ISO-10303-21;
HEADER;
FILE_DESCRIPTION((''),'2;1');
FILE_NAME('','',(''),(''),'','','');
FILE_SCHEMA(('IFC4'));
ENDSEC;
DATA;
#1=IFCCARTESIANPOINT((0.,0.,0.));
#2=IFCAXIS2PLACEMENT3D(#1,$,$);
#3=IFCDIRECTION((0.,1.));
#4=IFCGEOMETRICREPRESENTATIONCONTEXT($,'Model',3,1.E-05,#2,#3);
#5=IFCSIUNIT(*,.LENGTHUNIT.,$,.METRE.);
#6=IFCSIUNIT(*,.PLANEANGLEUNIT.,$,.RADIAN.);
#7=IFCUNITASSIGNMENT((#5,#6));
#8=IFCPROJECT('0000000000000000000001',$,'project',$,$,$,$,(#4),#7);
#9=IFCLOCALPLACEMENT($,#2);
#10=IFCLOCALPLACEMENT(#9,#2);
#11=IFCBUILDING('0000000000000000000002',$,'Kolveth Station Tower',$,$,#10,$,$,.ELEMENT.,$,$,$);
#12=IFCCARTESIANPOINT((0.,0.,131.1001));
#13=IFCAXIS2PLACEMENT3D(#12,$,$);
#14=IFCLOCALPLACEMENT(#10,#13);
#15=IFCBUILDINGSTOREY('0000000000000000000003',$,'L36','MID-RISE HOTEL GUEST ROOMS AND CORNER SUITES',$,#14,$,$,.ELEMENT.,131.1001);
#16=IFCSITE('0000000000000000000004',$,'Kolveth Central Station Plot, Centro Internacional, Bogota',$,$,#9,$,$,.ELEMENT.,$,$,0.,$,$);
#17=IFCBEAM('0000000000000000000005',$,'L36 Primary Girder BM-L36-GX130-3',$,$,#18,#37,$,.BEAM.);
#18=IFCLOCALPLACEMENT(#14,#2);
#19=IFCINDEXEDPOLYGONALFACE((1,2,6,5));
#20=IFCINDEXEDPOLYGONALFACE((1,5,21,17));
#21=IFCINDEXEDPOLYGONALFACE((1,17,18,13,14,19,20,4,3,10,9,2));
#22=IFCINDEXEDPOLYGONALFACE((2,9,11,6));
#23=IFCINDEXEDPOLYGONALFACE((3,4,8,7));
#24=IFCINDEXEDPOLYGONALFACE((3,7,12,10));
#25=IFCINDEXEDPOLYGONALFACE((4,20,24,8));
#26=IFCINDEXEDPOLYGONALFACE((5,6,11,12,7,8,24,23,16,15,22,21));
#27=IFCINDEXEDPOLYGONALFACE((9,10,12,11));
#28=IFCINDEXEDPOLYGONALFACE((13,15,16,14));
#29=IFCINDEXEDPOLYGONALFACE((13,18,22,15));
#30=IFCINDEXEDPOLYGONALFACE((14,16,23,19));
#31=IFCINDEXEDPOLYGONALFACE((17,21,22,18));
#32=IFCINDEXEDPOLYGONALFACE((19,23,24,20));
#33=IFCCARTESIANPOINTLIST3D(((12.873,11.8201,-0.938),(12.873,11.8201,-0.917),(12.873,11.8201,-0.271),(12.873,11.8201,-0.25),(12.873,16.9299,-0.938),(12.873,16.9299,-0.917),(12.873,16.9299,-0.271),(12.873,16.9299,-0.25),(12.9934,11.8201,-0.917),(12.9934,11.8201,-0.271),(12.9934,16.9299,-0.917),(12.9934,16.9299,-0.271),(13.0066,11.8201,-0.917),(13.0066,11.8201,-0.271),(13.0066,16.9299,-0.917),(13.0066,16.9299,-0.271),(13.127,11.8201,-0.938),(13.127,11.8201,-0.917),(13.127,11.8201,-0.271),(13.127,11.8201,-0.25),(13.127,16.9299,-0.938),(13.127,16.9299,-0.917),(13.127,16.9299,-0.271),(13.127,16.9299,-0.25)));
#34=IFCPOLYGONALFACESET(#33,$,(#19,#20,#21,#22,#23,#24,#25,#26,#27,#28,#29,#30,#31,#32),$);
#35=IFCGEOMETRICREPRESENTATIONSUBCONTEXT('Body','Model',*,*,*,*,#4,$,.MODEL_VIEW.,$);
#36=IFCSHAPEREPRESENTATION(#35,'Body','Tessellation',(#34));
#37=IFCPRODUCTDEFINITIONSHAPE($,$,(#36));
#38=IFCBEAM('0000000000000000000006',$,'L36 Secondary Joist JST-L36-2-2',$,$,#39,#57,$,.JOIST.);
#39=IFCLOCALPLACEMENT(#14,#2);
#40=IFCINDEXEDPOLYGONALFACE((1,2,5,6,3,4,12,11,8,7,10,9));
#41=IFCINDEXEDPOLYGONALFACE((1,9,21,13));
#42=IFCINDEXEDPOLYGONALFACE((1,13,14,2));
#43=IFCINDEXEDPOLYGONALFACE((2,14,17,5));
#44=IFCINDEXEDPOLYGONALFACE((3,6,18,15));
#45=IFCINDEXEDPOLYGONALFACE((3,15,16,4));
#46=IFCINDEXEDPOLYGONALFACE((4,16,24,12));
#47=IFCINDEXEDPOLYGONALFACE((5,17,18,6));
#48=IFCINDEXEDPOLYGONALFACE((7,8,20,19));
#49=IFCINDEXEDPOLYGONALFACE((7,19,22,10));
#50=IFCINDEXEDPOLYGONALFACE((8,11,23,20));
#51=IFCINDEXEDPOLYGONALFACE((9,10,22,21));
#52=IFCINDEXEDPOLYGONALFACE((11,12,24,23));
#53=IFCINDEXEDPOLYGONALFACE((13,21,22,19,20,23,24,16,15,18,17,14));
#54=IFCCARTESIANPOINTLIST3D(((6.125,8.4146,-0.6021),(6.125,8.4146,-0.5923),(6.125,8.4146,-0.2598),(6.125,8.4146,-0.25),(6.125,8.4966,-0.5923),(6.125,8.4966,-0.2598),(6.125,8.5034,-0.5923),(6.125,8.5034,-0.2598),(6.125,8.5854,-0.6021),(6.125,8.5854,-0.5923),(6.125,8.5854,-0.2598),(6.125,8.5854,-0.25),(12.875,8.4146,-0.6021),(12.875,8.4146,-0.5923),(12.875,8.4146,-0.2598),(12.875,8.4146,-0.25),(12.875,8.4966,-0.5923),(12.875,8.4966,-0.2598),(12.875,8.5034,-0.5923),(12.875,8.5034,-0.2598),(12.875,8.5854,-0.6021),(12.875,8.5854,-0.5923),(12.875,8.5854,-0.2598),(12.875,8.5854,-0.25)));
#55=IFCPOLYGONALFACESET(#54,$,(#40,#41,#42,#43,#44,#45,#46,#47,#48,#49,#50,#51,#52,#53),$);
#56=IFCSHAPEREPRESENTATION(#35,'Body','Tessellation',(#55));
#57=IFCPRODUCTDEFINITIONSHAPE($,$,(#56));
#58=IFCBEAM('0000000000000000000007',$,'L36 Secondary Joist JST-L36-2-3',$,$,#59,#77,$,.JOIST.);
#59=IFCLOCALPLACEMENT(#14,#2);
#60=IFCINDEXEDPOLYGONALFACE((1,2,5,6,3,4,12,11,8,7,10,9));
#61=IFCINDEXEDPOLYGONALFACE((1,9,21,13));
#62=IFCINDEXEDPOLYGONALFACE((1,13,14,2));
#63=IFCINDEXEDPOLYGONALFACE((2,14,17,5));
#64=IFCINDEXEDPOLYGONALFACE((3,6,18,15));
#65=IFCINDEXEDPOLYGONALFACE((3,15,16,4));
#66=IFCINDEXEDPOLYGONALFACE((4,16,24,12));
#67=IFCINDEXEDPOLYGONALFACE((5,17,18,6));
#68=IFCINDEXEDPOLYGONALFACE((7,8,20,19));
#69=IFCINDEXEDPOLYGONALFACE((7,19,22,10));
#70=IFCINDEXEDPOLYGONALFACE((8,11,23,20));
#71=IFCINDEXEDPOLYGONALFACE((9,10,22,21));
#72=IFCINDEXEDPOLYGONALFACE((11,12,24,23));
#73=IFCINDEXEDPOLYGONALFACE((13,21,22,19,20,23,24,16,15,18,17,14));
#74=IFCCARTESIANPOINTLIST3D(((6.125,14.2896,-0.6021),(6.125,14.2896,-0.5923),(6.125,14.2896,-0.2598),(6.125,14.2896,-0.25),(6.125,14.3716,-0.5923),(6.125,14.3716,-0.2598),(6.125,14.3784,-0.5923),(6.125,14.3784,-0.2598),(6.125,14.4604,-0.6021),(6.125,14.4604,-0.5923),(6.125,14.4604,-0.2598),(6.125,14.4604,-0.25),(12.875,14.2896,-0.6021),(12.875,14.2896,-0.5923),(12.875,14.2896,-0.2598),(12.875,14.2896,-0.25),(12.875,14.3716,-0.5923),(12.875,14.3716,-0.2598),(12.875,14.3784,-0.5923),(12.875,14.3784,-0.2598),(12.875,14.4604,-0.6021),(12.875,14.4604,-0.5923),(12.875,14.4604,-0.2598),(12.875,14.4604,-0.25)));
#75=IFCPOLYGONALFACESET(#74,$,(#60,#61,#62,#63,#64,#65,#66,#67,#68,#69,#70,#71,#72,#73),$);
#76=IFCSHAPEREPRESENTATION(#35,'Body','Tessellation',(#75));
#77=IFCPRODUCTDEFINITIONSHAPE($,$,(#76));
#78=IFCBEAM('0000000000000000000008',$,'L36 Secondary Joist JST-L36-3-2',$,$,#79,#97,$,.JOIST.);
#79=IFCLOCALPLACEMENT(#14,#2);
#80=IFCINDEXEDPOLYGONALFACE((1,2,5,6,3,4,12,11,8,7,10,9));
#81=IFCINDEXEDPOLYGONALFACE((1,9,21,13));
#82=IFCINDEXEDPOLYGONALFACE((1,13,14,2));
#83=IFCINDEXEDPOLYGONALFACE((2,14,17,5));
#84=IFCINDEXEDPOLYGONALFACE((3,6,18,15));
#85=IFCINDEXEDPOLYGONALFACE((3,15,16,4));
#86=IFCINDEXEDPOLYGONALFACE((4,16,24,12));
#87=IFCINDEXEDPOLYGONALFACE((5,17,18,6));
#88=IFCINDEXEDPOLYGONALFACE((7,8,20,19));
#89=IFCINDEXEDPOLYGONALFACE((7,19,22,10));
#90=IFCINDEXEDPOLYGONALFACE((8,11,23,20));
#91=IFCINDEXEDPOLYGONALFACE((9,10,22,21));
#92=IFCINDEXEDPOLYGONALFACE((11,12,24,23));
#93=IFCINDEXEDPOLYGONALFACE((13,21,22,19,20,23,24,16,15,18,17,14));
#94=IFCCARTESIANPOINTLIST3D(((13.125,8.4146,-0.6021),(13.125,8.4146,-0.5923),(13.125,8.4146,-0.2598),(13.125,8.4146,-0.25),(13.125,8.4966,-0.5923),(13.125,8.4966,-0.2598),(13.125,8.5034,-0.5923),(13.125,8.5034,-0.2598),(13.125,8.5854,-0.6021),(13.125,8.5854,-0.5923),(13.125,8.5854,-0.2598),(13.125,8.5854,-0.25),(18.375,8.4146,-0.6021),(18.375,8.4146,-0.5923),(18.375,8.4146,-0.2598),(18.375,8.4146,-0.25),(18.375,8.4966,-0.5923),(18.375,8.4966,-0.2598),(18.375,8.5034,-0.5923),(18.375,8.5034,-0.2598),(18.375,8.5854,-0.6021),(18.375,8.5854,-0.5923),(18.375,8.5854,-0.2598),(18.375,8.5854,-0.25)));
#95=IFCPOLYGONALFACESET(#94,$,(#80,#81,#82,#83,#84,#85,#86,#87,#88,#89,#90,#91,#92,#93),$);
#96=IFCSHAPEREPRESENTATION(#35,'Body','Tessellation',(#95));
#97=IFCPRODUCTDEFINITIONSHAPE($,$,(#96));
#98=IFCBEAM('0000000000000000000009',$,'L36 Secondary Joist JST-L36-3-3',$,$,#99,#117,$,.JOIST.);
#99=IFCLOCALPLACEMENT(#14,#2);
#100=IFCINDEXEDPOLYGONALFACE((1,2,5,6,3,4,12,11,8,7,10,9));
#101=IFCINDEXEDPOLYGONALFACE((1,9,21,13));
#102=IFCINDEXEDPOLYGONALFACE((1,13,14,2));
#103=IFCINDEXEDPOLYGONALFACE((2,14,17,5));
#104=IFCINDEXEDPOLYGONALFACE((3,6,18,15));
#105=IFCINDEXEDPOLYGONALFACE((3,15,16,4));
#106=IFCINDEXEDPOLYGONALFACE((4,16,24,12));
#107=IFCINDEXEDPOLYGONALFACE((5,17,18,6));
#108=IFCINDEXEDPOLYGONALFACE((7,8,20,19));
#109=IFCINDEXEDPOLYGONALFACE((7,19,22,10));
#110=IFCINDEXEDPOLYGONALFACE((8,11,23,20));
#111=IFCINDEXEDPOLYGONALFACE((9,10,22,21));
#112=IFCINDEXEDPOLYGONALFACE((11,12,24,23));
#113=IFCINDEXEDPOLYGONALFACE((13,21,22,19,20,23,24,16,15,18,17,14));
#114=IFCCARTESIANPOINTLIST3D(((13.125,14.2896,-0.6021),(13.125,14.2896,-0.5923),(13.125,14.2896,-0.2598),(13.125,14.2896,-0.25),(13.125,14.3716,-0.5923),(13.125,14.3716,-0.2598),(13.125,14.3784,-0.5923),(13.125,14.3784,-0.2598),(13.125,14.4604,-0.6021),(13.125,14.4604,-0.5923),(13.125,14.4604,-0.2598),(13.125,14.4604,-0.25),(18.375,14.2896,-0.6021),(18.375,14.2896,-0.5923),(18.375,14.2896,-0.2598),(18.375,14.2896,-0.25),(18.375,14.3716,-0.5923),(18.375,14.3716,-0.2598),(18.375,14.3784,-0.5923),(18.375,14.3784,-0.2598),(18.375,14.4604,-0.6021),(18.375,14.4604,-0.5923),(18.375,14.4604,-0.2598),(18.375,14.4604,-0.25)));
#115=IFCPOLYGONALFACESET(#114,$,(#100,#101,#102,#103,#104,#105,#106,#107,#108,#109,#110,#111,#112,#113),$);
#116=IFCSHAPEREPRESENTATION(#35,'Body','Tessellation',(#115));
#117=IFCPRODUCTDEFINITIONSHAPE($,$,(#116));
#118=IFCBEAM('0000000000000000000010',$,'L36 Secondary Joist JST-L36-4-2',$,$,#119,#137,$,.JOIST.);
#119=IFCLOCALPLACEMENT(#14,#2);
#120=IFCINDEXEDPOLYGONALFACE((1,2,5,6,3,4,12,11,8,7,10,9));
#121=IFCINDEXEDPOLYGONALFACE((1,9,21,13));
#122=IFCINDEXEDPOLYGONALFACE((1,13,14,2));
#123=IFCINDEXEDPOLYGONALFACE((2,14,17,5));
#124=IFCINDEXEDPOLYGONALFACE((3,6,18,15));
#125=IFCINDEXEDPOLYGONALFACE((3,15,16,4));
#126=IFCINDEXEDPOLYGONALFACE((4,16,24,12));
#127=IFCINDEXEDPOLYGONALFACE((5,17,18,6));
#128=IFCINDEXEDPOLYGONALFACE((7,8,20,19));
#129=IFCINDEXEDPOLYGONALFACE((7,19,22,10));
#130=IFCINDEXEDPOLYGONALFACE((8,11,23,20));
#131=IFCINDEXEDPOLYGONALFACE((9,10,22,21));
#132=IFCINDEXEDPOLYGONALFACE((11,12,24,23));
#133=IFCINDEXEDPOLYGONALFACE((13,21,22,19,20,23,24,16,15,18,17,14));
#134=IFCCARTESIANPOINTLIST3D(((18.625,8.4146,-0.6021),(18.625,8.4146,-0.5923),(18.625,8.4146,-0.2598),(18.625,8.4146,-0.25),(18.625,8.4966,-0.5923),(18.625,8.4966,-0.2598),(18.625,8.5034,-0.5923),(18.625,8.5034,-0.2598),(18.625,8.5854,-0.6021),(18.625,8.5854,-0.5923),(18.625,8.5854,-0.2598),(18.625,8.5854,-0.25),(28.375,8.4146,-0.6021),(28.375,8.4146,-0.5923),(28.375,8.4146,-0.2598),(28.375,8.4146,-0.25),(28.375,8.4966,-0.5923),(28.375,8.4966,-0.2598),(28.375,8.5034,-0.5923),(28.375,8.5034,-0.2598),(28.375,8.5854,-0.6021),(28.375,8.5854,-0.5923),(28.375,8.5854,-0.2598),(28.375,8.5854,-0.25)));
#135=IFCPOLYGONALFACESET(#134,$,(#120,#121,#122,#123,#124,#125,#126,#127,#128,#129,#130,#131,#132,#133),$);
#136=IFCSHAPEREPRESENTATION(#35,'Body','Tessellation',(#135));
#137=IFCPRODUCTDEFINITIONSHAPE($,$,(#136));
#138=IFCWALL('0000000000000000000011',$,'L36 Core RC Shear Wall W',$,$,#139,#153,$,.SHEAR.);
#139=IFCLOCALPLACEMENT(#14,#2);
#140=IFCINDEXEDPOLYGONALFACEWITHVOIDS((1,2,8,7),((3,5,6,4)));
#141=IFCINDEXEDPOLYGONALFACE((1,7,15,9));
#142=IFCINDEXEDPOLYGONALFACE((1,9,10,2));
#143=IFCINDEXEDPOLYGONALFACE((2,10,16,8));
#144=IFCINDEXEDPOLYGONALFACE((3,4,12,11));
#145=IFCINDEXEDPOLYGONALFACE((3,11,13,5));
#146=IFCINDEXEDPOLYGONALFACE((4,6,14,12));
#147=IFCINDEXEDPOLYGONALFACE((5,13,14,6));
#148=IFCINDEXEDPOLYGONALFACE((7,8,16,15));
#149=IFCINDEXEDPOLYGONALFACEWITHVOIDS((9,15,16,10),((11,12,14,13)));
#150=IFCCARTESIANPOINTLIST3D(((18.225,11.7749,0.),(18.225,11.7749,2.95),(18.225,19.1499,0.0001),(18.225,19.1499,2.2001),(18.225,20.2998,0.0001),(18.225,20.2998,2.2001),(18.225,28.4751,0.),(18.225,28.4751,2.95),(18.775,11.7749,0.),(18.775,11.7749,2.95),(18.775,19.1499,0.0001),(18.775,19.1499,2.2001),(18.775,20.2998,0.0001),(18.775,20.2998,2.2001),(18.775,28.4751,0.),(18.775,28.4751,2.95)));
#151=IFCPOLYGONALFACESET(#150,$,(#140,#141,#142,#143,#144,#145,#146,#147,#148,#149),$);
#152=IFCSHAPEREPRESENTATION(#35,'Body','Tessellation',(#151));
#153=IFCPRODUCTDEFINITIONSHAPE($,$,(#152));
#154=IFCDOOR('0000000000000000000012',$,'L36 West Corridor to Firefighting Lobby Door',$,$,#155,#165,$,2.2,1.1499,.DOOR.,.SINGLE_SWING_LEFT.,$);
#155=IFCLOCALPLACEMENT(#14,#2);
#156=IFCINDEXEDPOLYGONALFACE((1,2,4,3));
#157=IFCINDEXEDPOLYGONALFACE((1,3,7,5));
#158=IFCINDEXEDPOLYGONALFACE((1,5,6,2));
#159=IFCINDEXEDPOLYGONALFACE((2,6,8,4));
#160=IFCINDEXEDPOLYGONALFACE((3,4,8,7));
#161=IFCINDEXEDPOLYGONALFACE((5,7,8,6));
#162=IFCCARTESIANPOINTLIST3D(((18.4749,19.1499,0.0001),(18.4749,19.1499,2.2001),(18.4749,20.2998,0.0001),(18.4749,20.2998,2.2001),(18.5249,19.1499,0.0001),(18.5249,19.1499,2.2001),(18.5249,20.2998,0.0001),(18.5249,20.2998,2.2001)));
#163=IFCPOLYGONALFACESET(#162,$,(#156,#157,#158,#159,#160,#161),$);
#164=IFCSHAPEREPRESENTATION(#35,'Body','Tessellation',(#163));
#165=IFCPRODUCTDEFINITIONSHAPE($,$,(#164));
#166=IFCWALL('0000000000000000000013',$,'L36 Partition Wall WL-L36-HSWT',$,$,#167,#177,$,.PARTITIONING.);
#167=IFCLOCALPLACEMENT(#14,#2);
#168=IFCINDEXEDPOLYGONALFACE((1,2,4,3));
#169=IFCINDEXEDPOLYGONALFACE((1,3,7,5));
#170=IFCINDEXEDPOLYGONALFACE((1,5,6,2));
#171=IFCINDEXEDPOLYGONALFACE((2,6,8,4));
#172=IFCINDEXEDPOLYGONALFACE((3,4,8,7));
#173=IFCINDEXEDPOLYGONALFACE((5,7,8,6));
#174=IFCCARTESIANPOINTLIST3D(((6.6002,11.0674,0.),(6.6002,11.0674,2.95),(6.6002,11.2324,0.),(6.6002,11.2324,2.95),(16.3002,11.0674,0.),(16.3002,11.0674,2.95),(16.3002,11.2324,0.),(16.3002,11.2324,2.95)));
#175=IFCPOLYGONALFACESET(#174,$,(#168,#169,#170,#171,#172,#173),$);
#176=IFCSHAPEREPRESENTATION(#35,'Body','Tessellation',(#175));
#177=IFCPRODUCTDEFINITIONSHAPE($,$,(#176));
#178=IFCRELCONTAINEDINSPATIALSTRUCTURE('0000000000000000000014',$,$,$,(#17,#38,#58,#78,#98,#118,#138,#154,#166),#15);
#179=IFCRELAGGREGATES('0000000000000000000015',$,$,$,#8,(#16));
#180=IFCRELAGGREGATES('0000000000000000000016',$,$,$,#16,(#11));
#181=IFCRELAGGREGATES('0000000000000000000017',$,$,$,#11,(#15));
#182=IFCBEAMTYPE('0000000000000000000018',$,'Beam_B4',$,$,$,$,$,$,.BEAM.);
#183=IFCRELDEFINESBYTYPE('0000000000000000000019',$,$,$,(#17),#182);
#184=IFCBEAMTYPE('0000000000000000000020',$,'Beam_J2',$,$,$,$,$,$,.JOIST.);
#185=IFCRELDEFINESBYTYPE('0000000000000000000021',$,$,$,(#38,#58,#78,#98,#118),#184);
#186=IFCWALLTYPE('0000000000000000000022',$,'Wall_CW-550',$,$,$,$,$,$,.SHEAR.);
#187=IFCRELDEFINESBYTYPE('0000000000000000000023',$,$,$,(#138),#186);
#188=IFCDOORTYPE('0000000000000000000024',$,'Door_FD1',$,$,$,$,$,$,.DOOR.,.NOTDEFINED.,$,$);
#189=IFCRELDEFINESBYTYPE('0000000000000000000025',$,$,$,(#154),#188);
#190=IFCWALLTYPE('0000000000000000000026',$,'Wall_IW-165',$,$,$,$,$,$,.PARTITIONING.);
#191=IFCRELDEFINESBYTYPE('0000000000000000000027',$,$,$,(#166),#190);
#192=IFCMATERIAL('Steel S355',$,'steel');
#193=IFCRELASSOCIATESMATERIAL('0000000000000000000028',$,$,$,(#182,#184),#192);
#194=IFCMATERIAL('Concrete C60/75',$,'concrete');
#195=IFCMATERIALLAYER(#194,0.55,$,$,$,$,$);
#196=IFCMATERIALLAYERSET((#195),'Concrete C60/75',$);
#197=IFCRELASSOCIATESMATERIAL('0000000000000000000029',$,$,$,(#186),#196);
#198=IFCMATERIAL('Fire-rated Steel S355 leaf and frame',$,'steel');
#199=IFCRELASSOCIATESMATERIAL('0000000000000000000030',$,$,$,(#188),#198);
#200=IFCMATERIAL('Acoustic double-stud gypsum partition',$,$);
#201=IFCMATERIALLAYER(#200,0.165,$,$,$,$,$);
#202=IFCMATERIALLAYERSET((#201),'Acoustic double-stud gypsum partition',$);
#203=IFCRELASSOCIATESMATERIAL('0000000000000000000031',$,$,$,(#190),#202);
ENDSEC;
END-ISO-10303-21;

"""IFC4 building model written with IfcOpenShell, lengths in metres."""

from ifc_helpers import new_model, si_unit, direction, frame, frame_2d, origin, origin_2d, place, context, subcontext, project, spatial, rectangle, i_section, extrude, source, transform, mapped, material, layer, layer_set, material_profile, profile_set, type_object, element, fill, save


model = new_model("IFC4")

# Units and contexts
model_context = context("Model", 3, precision=1e-05, world=origin(), true_north=direction((0.0, 1.0)))
body_context = subcontext(model_context, "Body", "Model", "MODEL_VIEW")
ifc_project = project(units=[si_unit("LENGTHUNIT", "METRE"), si_unit("PLANEANGLEUNIT", "RADIAN")], contexts=[model_context])

# Site, building, storey
site_placement = place(None, origin())
site = spatial("IfcSite", under=ifc_project, at=site_placement, Name="Kolveth Central Station Plot, Centro Internacional, Bogota", CompositionType="ELEMENT", RefElevation=0.0)
building_placement = place(site_placement, origin())
building = spatial("IfcBuilding", under=site, at=building_placement, Name="Kolveth Station Tower", CompositionType="ELEMENT")
storey_placement = place(building_placement, frame((0.0, 0.0, 131.1001)))
storey = spatial("IfcBuildingStorey", under=building, at=storey_placement, Name="L36", Description="MID-RISE HOTEL GUEST ROOMS AND CORNER SUITES", CompositionType="ELEMENT", Elevation=131.1001)

# Shared definitions
ifc_material_1 = material(Name="Steel S355", Category="steel")

# Beams
ifc_material_profile_1 = material_profile(ifc_material_1, i_section(OverallWidth=0.2539, OverallDepth=0.688, WebThickness=0.0132, FlangeThickness=0.021, at=origin_2d()), Name="W690x152")
ifc_profile_set_1 = profile_set([ifc_material_profile_1], Name="Steel S355")
beam_type_1 = type_object("IfcBeamType", Name="Beam_B4", PredefinedType="BEAM", material=ifc_profile_set_1)
shared_shape_1 = source(origin(), body_context, "Body", "SweptSolid", [
    extrude(i_section(OverallWidth=0.2539, OverallDepth=0.688, WebThickness=0.0132, FlangeThickness=0.021, at=origin_2d()), origin(), (0.0, 0.0, 1.0), 5.1099),
])
for number, where, z_axis, x_axis, name in (
    (1, (13.0, 11.8201, -0.594), (0.0, 1.0, 0.0), (-1.0, 0.0, 0.0), "L36 Primary Girder BM-L36-GX130-3"),
):
    element("IfcBeam", number, at=place(storey_placement, frame(where, z_axis=z_axis, x_axis=x_axis)), inside=storey, type_object=beam_type_1, Name=name, PredefinedType="BEAM", context=body_context, shape_type="MappedRepresentation", body=[
        mapped(shared_shape_1, transform((0.0, 0.0, 0.0), x_axis=(1.0, 0.0, 0.0), y_axis=(0.0, 1.0, 0.0), z_axis=(0.0, 0.0, 1.0), scale=1.0)),
    ])
ifc_material_profile_2 = material_profile(ifc_material_1, i_section(OverallWidth=0.1709, OverallDepth=0.3521, WebThickness=0.0068, FlangeThickness=0.0098, at=origin_2d()), Name="W360x44")
ifc_profile_set_2 = profile_set([ifc_material_profile_2], Name="Steel S355")
beam_type_2 = type_object("IfcBeamType", Name="Beam_J2", PredefinedType="JOIST", material=ifc_profile_set_2)
shared_shape_2 = source(origin(), body_context, "Body", "SweptSolid", [
    extrude(i_section(OverallWidth=0.1709, OverallDepth=0.3521, WebThickness=0.0068, FlangeThickness=0.0098, at=origin_2d()), origin(), (0.0, 0.0, 1.0), 6.75),
])
for number, where, z_axis, x_axis, name in (
    (2, (6.125, 8.5, -0.426), (1.0, 0.0, 0.0), (0.0, 1.0, 0.0), "L36 Secondary Joist JST-L36-2-2"),
    (3, (6.125, 14.375, -0.426), (1.0, 0.0, 0.0), (0.0, 1.0, 0.0), "L36 Secondary Joist JST-L36-2-3"),
):
    element("IfcBeam", number, at=place(storey_placement, frame(where, z_axis=z_axis, x_axis=x_axis)), inside=storey, type_object=beam_type_2, Name=name, PredefinedType="JOIST", context=body_context, shape_type="MappedRepresentation", body=[
        mapped(shared_shape_2, transform((0.0, 0.0, 0.0), x_axis=(1.0, 0.0, 0.0), y_axis=(0.0, 1.0, 0.0), z_axis=(0.0, 0.0, 1.0), scale=1.0)),
    ])
shared_shape_3 = source(origin(), body_context, "Body", "SweptSolid", [
    extrude(i_section(OverallWidth=0.1709, OverallDepth=0.3521, WebThickness=0.0068, FlangeThickness=0.0098, at=origin_2d()), origin(), (0.0, 0.0, 1.0), 5.25),
])
for number, where, z_axis, x_axis, name in (
    (4, (13.125, 8.5, -0.426), (1.0, 0.0, 0.0), (0.0, 1.0, 0.0), "L36 Secondary Joist JST-L36-3-2"),
    (5, (13.125, 14.375, -0.426), (1.0, 0.0, 0.0), (0.0, 1.0, 0.0), "L36 Secondary Joist JST-L36-3-3"),
):
    element("IfcBeam", number, at=place(storey_placement, frame(where, z_axis=z_axis, x_axis=x_axis)), inside=storey, type_object=beam_type_2, Name=name, PredefinedType="JOIST", context=body_context, shape_type="MappedRepresentation", body=[
        mapped(shared_shape_3, transform((0.0, 0.0, 0.0), x_axis=(1.0, 0.0, 0.0), y_axis=(0.0, 1.0, 0.0), z_axis=(0.0, 0.0, 1.0), scale=1.0)),
    ])
shared_shape_4 = source(origin(), body_context, "Body", "SweptSolid", [
    extrude(i_section(OverallWidth=0.1709, OverallDepth=0.3521, WebThickness=0.0068, FlangeThickness=0.0098, at=origin_2d()), origin(), (0.0, 0.0, 1.0), 9.75),
])
beam_placement = place(storey_placement, frame((18.625, 8.5, -0.426), z_axis=(1.0, 0.0, 0.0), x_axis=(0.0, 1.0, 0.0)))
element("IfcBeam", 6, at=beam_placement, inside=storey, type_object=beam_type_2, Name="L36 Secondary Joist JST-L36-4-2", PredefinedType="JOIST", context=body_context, shape_type="MappedRepresentation", body=[
    mapped(shared_shape_4, transform((0.0, 0.0, 0.0), x_axis=(1.0, 0.0, 0.0), y_axis=(0.0, 1.0, 0.0), z_axis=(0.0, 0.0, 1.0), scale=1.0)),
])

# Shared definitions
ifc_material_2 = material(Name="Concrete C60/75", Category="concrete")
ifc_layer_1 = layer(ifc_material_2, 0.55)
ifc_layer_set_1 = layer_set([ifc_layer_1], Name="Concrete C60/75")
wall_type_1 = type_object("IfcWallType", Name="Wall_CW-550", PredefinedType="SHEAR", material=ifc_layer_set_1)

# Wall, opening, door
wall_1_placement = place(storey_placement, frame((18.5, 11.7749, 0.0), z_axis=(0.0, 0.0, 1.0), x_axis=(0.0, 1.0, 0.0)))
wall_1 = element("IfcWall", 7, at=wall_1_placement, inside=storey, type_object=wall_type_1, Name="L36 Core RC Shear Wall W", PredefinedType="SHEAR", context=body_context, shape_type="SweptSolid", body=[
    extrude(rectangle(XDim=16.7002, YDim=0.55, at=frame_2d((8.3501, 0.0))), origin(), (0.0, 0.0, 1.0), 2.95),
])
opening_1_placement = place(wall_1_placement, frame((7.375, 0.0, 0.0)))
opening_1 = element("IfcOpeningElement", 8, at=opening_1_placement, cuts=wall_1, PredefinedType="OPENING", context=body_context, shape_type="SweptSolid", body=[
    extrude(rectangle(XDim=1.1499, YDim=2.2, at=frame_2d((0.575, 1.1001))), frame((0.0, 0.2849, 0.0), z_axis=(0.0, -1.0, 0.0), x_axis=(1.0, 0.0, 0.0)), (0.0, 0.0, 1.0), 0.5701),
])
ifc_material_3 = material(Name="Fire-rated Steel S355 leaf and frame", Category="steel")
door_type_1 = type_object("IfcDoorType", Name="Door_FD1", OperationType="NOTDEFINED", PredefinedType="DOOR", material=ifc_material_3)
door_1_placement = place(opening_1_placement, frame((1.1499, 0.0, 0.0), z_axis=(0.0, 0.0, 1.0), x_axis=(-1.0, 0.0, 0.0)))
door_1 = element("IfcDoor", 9, at=door_1_placement, inside=storey, type_object=door_type_1, Name="L36 West Corridor to Firefighting Lobby Door", OperationType="SINGLE_SWING_LEFT", OverallHeight=2.2, OverallWidth=1.1499, PredefinedType="DOOR", context=body_context, shape_type="SweptSolid", body=[
    extrude(rectangle(XDim=1.1499, YDim=2.2, at=frame_2d((0.575, 1.1001))), frame((0.0, 0.0249, 0.0), z_axis=(0.0, -1.0, 0.0), x_axis=(1.0, 0.0, 0.0)), (0.0, 0.0, 1.0), 0.05),
])
fill(opening_1, door_1)

# Wall
ifc_material_4 = material(Name="Acoustic double-stud gypsum partition")
ifc_layer_2 = layer(ifc_material_4, 0.165)
ifc_layer_set_2 = layer_set([ifc_layer_2], Name="Acoustic double-stud gypsum partition")
wall_type_2 = type_object("IfcWallType", Name="Wall_IW-165", PredefinedType="PARTITIONING", material=ifc_layer_set_2)
wall_2_placement = place(storey_placement, frame((6.6001, 11.1499, 0.0), z_axis=(0.0, 0.0, 1.0), x_axis=(1.0, 0.0, 0.0)))
element("IfcWall", 10, at=wall_2_placement, inside=storey, type_object=wall_type_2, Name="L36 Partition Wall WL-L36-HSWT", PredefinedType="PARTITIONING", context=body_context, shape_type="SweptSolid", body=[
    extrude(rectangle(XDim=9.7, YDim=0.165, at=frame_2d((4.8501, 0.0))), origin(), (0.0, 0.0, 1.0), 2.95),
])

save(model, "model.ifc")
